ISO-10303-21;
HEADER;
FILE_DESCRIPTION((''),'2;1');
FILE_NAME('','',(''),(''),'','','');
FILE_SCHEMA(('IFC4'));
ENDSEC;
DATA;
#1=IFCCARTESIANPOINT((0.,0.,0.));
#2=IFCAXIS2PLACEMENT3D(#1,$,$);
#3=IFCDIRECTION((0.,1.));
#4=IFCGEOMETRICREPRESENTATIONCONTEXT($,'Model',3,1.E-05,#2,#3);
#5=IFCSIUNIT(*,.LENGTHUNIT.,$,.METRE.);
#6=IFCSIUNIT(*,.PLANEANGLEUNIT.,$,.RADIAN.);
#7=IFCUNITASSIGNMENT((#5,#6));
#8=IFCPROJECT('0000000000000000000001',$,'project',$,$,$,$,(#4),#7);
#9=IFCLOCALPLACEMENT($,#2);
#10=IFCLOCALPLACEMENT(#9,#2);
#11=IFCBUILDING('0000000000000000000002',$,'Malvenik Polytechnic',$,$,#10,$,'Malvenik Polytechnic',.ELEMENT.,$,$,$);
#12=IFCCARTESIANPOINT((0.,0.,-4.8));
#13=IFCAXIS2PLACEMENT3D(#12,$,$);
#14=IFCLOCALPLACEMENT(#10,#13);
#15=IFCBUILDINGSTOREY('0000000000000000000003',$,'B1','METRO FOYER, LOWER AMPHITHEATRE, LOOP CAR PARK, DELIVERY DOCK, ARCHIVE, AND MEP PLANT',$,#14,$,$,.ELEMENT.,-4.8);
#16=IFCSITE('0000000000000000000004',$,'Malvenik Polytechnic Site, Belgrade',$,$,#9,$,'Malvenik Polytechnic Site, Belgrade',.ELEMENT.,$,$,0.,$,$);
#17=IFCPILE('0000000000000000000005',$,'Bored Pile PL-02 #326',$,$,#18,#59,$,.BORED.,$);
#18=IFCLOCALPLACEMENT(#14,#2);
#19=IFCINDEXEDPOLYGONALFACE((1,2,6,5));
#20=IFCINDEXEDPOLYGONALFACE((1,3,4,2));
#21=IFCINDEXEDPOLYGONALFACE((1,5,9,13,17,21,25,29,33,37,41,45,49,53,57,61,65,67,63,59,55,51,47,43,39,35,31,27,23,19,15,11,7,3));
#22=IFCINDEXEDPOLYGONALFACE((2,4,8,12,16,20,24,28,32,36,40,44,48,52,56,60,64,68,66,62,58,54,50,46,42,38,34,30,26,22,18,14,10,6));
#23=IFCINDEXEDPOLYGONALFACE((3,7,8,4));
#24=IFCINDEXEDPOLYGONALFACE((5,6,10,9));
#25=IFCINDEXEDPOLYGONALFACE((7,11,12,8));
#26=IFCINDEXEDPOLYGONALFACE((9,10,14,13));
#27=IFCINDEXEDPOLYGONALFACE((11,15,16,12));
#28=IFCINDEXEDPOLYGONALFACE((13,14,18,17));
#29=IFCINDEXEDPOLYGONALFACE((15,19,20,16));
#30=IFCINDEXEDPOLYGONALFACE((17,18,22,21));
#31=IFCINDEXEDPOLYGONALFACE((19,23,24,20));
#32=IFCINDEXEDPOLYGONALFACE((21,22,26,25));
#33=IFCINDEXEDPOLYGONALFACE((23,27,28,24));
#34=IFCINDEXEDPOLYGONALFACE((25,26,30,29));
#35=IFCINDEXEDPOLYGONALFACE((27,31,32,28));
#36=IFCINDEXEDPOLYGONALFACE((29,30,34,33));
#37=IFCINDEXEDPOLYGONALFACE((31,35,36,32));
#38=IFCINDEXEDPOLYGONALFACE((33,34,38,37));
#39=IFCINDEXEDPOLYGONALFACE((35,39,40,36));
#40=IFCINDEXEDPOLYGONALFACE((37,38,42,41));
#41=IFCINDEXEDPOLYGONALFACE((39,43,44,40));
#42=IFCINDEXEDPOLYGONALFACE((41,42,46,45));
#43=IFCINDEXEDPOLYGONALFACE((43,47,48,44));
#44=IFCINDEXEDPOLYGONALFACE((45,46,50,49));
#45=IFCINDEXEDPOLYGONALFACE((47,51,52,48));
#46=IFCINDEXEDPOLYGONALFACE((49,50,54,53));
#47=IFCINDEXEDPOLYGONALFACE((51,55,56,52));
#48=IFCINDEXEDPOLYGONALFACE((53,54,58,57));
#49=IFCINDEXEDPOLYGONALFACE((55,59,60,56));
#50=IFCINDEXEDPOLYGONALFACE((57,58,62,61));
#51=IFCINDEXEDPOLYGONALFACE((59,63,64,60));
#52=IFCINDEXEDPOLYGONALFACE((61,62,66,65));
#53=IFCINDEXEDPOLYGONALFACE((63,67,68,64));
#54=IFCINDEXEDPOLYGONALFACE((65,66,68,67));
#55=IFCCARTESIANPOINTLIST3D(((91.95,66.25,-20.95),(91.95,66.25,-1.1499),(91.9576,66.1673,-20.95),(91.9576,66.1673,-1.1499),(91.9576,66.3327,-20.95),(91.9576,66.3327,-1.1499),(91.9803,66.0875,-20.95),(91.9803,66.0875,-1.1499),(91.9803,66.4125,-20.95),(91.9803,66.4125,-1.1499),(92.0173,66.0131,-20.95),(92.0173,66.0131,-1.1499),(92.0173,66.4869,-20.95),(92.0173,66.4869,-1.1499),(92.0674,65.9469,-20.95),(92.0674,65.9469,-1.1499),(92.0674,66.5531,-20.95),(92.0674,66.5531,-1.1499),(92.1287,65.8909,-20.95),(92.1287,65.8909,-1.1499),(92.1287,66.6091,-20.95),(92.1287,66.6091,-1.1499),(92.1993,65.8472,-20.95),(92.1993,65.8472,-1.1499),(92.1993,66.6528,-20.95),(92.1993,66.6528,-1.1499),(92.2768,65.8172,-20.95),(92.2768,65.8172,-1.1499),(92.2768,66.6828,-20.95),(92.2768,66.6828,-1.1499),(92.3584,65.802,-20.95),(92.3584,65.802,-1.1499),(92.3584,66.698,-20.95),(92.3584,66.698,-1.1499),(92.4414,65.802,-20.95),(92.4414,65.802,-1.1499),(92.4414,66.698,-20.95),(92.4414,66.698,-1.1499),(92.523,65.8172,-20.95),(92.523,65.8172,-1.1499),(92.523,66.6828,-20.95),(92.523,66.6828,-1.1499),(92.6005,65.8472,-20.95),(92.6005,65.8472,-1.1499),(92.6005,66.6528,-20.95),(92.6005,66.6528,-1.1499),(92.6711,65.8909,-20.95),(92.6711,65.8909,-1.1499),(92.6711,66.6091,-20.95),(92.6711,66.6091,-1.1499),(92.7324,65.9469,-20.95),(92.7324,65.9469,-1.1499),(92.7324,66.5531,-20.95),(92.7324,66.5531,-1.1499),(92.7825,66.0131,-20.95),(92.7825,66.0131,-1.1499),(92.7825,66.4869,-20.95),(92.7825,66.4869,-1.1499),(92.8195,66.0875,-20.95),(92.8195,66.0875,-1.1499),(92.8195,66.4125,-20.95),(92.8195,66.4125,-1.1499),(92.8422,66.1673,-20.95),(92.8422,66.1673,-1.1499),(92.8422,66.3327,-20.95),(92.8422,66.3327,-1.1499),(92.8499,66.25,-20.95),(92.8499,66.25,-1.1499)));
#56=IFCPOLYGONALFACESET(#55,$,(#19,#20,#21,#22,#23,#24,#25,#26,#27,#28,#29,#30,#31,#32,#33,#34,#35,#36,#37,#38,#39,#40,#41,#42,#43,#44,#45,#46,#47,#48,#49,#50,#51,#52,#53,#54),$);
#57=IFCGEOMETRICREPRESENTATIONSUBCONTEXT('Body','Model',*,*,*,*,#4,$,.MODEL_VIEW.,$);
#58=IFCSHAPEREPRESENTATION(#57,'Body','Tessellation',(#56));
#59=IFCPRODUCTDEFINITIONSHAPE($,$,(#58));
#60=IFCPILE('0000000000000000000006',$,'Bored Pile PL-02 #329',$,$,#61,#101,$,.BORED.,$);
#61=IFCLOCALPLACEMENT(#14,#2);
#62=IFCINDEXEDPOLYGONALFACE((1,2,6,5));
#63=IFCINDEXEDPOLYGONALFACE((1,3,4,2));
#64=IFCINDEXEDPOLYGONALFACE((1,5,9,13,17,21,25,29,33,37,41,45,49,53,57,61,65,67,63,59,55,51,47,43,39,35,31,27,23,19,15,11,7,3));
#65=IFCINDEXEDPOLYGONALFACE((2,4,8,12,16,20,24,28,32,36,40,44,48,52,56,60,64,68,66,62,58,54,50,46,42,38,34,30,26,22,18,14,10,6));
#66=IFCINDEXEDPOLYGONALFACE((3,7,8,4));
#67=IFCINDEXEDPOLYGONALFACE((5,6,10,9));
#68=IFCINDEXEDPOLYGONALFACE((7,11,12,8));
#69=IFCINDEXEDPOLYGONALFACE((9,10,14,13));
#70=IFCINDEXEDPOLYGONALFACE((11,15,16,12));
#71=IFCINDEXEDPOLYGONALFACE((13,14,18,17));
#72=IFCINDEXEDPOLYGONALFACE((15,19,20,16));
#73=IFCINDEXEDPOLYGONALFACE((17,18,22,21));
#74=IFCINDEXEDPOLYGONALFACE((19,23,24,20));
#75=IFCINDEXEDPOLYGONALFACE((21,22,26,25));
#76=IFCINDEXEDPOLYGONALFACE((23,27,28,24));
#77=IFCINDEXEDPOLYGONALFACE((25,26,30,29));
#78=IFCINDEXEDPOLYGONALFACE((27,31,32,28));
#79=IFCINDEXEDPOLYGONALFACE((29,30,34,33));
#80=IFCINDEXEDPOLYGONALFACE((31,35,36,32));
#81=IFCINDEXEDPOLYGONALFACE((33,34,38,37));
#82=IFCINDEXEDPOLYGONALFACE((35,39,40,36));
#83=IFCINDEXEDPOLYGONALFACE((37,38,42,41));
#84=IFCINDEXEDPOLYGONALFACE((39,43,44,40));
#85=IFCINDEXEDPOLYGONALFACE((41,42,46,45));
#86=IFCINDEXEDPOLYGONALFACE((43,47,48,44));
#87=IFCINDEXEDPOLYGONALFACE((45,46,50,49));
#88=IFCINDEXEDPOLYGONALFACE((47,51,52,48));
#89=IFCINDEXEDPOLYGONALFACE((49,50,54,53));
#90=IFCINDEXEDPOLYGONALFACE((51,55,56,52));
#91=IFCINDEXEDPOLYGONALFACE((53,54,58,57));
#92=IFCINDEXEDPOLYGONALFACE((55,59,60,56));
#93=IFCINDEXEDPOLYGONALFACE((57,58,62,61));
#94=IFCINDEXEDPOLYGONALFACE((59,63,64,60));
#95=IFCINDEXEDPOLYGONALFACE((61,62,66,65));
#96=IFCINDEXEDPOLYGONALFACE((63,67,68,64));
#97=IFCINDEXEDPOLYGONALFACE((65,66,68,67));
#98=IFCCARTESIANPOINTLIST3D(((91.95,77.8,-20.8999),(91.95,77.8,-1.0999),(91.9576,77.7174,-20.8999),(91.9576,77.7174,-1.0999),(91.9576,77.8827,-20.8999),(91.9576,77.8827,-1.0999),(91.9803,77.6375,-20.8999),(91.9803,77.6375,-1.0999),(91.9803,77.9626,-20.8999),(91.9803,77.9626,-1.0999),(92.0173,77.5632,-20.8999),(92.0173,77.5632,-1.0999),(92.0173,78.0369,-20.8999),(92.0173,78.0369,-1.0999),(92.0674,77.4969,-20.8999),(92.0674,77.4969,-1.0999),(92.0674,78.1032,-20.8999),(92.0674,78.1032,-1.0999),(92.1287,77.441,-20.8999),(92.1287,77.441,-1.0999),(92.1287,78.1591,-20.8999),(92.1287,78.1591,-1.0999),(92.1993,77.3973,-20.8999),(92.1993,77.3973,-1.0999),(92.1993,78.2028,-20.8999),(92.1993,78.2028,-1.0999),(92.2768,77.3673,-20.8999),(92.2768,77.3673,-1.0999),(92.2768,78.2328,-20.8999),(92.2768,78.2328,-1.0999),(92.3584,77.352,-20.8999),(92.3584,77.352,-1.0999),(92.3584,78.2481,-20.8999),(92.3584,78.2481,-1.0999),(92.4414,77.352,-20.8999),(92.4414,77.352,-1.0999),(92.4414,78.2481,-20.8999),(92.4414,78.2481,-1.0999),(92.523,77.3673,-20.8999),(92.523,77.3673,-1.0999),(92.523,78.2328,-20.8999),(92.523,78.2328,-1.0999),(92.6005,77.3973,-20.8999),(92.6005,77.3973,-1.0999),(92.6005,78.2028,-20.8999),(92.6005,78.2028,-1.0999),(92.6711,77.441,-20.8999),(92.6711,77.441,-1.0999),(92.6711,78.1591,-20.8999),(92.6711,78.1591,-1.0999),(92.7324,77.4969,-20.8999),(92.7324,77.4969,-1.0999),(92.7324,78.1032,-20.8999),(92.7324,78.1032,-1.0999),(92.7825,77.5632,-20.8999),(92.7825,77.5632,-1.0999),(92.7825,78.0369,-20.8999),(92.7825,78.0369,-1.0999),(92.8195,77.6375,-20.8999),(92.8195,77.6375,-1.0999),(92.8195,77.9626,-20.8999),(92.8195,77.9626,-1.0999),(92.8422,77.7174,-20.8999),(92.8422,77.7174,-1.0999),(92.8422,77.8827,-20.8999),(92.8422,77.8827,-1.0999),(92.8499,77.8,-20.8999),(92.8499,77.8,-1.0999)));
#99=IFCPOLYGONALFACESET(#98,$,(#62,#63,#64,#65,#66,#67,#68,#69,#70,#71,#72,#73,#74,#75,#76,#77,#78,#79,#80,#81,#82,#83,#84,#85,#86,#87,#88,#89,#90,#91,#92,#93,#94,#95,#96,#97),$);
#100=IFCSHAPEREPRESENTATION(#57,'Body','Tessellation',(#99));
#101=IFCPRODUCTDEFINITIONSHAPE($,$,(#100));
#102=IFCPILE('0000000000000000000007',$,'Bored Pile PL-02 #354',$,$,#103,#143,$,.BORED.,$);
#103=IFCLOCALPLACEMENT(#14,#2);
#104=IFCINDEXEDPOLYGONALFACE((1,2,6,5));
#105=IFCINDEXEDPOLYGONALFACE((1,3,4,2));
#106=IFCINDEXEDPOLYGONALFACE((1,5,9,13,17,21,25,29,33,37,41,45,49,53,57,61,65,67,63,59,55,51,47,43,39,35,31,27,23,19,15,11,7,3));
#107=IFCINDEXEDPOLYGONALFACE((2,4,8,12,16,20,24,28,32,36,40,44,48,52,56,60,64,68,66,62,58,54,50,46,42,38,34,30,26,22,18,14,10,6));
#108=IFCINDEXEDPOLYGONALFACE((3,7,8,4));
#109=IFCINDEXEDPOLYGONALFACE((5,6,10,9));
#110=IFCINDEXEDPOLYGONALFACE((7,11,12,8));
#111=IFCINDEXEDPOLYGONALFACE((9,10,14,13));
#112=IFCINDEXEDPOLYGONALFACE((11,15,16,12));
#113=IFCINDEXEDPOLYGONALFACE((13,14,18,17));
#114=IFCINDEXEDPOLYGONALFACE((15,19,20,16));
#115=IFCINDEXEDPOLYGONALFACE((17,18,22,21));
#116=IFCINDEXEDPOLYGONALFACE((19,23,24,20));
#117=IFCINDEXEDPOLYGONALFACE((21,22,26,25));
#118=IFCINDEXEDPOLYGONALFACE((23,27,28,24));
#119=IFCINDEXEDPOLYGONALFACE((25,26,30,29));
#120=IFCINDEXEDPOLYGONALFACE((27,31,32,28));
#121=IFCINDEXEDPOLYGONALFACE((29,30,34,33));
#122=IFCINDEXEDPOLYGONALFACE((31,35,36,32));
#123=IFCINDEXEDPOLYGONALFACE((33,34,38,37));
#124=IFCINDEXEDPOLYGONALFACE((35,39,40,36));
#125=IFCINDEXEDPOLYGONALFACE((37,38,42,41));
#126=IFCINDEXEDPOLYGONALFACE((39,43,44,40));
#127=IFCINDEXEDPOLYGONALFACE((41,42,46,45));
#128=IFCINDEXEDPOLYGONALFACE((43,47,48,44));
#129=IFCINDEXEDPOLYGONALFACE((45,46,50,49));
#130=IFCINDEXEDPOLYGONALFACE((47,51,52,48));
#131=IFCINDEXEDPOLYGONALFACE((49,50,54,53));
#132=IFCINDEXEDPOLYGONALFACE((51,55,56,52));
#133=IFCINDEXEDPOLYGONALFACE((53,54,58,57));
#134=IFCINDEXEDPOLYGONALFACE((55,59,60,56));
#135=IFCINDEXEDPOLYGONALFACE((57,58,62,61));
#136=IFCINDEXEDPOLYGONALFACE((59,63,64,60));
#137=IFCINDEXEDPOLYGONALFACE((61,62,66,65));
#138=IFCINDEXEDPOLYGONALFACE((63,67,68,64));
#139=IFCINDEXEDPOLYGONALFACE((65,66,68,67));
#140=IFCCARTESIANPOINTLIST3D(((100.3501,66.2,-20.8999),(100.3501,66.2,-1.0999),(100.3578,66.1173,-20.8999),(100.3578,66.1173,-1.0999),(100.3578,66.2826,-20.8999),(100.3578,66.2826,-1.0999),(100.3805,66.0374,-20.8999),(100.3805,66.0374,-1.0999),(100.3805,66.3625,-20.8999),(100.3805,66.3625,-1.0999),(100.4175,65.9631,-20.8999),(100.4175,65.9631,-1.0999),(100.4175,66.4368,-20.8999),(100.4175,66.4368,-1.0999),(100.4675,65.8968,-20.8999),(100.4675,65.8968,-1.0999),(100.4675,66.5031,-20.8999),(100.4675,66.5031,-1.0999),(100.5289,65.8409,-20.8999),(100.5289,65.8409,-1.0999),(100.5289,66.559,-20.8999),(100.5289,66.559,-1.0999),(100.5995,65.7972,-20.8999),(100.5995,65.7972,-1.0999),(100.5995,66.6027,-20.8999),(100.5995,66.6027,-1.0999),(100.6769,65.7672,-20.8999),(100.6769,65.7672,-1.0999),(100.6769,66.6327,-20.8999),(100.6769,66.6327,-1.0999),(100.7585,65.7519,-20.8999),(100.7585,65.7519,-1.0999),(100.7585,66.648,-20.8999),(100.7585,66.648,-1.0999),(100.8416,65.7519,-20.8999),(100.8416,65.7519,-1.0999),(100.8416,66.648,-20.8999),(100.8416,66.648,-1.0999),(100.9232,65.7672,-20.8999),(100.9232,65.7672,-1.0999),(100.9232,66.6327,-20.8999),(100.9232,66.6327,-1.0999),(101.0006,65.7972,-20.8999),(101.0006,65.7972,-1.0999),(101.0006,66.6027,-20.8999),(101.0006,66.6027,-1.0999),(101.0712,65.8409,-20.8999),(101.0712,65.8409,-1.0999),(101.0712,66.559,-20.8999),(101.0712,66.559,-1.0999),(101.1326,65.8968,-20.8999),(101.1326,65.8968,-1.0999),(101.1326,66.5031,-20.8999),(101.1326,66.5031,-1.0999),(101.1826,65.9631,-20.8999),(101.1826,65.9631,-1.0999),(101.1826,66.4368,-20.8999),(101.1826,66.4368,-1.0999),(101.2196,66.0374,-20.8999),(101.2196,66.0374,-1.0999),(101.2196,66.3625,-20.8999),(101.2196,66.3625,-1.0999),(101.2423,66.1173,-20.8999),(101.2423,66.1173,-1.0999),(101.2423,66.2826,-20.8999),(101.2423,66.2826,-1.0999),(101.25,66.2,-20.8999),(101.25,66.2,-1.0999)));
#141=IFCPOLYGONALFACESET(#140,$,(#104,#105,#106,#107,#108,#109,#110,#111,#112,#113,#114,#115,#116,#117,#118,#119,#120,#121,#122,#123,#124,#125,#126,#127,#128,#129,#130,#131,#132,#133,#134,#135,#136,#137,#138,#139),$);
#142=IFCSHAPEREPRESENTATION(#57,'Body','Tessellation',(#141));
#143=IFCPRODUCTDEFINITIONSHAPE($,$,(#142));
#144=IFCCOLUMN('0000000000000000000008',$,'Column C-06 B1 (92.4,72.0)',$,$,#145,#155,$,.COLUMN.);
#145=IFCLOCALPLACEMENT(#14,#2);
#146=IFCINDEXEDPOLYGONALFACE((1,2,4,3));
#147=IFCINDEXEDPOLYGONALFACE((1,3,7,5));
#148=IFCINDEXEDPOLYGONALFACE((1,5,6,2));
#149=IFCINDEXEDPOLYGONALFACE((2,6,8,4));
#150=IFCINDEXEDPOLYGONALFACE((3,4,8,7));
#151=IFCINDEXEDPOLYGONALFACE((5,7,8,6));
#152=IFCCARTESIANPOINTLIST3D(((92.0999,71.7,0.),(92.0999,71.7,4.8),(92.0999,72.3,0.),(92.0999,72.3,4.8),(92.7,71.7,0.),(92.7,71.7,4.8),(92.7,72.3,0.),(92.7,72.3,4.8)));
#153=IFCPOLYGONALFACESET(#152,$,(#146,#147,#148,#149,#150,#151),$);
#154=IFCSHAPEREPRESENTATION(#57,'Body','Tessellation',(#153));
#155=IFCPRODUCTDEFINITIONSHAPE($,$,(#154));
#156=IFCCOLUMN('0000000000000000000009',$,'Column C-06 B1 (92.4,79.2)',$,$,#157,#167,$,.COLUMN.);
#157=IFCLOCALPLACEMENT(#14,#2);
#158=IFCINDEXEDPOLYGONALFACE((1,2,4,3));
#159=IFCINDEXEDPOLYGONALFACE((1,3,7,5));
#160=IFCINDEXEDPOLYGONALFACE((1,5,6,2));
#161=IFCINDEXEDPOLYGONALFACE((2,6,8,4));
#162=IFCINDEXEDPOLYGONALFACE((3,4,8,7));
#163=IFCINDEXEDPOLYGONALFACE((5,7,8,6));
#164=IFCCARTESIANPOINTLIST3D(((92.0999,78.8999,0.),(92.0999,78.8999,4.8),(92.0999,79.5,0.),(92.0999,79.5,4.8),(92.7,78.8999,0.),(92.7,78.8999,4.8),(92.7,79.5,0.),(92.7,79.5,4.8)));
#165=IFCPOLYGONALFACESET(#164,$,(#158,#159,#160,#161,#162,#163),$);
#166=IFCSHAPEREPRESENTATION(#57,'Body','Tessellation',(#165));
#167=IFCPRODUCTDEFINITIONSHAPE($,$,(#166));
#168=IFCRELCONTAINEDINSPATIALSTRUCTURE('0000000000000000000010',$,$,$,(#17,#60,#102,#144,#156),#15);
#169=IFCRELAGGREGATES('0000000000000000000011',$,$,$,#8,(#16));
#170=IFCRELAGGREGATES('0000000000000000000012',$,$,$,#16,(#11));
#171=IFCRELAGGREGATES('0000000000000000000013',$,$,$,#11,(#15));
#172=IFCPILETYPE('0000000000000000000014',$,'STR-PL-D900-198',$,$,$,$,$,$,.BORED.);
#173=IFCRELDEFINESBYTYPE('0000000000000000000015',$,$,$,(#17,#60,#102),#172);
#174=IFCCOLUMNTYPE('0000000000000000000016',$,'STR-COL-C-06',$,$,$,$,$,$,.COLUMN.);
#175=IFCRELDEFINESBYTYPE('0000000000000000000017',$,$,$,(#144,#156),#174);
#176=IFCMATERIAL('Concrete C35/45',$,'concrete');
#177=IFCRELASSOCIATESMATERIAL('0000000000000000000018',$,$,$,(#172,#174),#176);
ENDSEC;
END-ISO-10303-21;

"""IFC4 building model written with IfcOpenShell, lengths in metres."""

from ifc_helpers import new_model, si_unit, direction, frame, origin, origin_2d, place, context, subcontext, project, spatial, rectangle, circle, extrude, material, material_profile, profile_set, type_object, element, save


model = new_model("IFC4")

# Units and contexts
model_context = context("Model", 3, precision=1e-05, world=origin(), true_north=direction((0.0, 1.0)))
body_context = subcontext(model_context, "Body", "Model", "MODEL_VIEW")
ifc_project = project(units=[si_unit("LENGTHUNIT", "METRE"), si_unit("PLANEANGLEUNIT", "RADIAN")], contexts=[model_context])

# Site, building, storey
site_placement = place(None, origin())
site = spatial("IfcSite", under=ifc_project, at=site_placement, Name="Malvenik Polytechnic Site, Belgrade", LongName="Malvenik Polytechnic Site, Belgrade", CompositionType="ELEMENT", RefElevation=0.0)
building_placement = place(site_placement, origin())
building = spatial("IfcBuilding", under=site, at=building_placement, Name="Malvenik Polytechnic", LongName="Malvenik Polytechnic", CompositionType="ELEMENT")
storey_placement = place(building_placement, frame((0.0, 0.0, -4.8)))
storey = spatial("IfcBuildingStorey", under=building, at=storey_placement, Name="B1", Description="METRO FOYER, LOWER AMPHITHEATRE, LOOP CAR PARK, DELIVERY DOCK, ARCHIVE, AND MEP PLANT", CompositionType="ELEMENT", Elevation=-4.8)

# Shared definitions
ifc_material_1 = material(Name="Concrete C35/45", Category="concrete")

# Piles
ifc_material_profile_1 = material_profile(ifc_material_1, circle(Radius=0.45, at=origin_2d()), Name="BORED PILE D900")
ifc_profile_set_1 = profile_set([ifc_material_profile_1], Name="Concrete C35/45")
pile_type_1 = type_object("IfcPileType", Name="STR-PL-D900-198", PredefinedType="BORED", material=ifc_profile_set_1)
for number, where, z_axis, x_axis, name in (
    (1, (92.3999, 66.25, -1.1499), (0.0, 0.0, -1.0), (1.0, 0.0, 0.0), "Bored Pile PL-02 #326"),
    (2, (92.3999, 77.8, -1.0999), (0.0, 0.0, -1.0), (1.0, 0.0, 0.0), "Bored Pile PL-02 #329"),
    (3, (100.8, 66.2, -1.0999), (0.0, 0.0, -1.0), (1.0, 0.0, 0.0), "Bored Pile PL-02 #354"),
):
    element("IfcPile", number, at=place(storey_placement, frame(where, z_axis=z_axis, x_axis=x_axis)), inside=storey, type_object=pile_type_1, Name=name, PredefinedType="BORED", context=body_context, shape_type="SweptSolid", body=[
        extrude(circle(Radius=0.45, at=origin_2d()), origin(), (0.0, 0.0, 1.0), 19.8),
    ])

# Columns
ifc_material_profile_2 = material_profile(ifc_material_1, rectangle(XDim=0.6001, YDim=0.6001, at=origin_2d()), Name="RC COL 600x600")
ifc_profile_set_2 = profile_set([ifc_material_profile_2], Name="Concrete C35/45")
column_type_1 = type_object("IfcColumnType", Name="STR-COL-C-06", PredefinedType="COLUMN", material=ifc_profile_set_2)
for number, where, z_axis, x_axis, name in (
    (4, (92.3999, 72.0, 0.0), (0.0, 0.0, 1.0), (1.0, 0.0, 0.0), "Column C-06 B1 (92.4,72.0)"),
    (5, (92.3999, 79.2, 0.0), (0.0, 0.0, 1.0), (1.0, 0.0, 0.0), "Column C-06 B1 (92.4,79.2)"),
):
    element("IfcColumn", number, at=place(storey_placement, frame(where, z_axis=z_axis, x_axis=x_axis)), inside=storey, type_object=column_type_1, Name=name, PredefinedType="COLUMN", context=body_context, shape_type="SweptSolid", body=[
        extrude(rectangle(XDim=0.6001, YDim=0.6001, at=origin_2d()), origin(), (0.0, 0.0, 1.0), 4.8),
    ])

save(model, "model.ifc")
